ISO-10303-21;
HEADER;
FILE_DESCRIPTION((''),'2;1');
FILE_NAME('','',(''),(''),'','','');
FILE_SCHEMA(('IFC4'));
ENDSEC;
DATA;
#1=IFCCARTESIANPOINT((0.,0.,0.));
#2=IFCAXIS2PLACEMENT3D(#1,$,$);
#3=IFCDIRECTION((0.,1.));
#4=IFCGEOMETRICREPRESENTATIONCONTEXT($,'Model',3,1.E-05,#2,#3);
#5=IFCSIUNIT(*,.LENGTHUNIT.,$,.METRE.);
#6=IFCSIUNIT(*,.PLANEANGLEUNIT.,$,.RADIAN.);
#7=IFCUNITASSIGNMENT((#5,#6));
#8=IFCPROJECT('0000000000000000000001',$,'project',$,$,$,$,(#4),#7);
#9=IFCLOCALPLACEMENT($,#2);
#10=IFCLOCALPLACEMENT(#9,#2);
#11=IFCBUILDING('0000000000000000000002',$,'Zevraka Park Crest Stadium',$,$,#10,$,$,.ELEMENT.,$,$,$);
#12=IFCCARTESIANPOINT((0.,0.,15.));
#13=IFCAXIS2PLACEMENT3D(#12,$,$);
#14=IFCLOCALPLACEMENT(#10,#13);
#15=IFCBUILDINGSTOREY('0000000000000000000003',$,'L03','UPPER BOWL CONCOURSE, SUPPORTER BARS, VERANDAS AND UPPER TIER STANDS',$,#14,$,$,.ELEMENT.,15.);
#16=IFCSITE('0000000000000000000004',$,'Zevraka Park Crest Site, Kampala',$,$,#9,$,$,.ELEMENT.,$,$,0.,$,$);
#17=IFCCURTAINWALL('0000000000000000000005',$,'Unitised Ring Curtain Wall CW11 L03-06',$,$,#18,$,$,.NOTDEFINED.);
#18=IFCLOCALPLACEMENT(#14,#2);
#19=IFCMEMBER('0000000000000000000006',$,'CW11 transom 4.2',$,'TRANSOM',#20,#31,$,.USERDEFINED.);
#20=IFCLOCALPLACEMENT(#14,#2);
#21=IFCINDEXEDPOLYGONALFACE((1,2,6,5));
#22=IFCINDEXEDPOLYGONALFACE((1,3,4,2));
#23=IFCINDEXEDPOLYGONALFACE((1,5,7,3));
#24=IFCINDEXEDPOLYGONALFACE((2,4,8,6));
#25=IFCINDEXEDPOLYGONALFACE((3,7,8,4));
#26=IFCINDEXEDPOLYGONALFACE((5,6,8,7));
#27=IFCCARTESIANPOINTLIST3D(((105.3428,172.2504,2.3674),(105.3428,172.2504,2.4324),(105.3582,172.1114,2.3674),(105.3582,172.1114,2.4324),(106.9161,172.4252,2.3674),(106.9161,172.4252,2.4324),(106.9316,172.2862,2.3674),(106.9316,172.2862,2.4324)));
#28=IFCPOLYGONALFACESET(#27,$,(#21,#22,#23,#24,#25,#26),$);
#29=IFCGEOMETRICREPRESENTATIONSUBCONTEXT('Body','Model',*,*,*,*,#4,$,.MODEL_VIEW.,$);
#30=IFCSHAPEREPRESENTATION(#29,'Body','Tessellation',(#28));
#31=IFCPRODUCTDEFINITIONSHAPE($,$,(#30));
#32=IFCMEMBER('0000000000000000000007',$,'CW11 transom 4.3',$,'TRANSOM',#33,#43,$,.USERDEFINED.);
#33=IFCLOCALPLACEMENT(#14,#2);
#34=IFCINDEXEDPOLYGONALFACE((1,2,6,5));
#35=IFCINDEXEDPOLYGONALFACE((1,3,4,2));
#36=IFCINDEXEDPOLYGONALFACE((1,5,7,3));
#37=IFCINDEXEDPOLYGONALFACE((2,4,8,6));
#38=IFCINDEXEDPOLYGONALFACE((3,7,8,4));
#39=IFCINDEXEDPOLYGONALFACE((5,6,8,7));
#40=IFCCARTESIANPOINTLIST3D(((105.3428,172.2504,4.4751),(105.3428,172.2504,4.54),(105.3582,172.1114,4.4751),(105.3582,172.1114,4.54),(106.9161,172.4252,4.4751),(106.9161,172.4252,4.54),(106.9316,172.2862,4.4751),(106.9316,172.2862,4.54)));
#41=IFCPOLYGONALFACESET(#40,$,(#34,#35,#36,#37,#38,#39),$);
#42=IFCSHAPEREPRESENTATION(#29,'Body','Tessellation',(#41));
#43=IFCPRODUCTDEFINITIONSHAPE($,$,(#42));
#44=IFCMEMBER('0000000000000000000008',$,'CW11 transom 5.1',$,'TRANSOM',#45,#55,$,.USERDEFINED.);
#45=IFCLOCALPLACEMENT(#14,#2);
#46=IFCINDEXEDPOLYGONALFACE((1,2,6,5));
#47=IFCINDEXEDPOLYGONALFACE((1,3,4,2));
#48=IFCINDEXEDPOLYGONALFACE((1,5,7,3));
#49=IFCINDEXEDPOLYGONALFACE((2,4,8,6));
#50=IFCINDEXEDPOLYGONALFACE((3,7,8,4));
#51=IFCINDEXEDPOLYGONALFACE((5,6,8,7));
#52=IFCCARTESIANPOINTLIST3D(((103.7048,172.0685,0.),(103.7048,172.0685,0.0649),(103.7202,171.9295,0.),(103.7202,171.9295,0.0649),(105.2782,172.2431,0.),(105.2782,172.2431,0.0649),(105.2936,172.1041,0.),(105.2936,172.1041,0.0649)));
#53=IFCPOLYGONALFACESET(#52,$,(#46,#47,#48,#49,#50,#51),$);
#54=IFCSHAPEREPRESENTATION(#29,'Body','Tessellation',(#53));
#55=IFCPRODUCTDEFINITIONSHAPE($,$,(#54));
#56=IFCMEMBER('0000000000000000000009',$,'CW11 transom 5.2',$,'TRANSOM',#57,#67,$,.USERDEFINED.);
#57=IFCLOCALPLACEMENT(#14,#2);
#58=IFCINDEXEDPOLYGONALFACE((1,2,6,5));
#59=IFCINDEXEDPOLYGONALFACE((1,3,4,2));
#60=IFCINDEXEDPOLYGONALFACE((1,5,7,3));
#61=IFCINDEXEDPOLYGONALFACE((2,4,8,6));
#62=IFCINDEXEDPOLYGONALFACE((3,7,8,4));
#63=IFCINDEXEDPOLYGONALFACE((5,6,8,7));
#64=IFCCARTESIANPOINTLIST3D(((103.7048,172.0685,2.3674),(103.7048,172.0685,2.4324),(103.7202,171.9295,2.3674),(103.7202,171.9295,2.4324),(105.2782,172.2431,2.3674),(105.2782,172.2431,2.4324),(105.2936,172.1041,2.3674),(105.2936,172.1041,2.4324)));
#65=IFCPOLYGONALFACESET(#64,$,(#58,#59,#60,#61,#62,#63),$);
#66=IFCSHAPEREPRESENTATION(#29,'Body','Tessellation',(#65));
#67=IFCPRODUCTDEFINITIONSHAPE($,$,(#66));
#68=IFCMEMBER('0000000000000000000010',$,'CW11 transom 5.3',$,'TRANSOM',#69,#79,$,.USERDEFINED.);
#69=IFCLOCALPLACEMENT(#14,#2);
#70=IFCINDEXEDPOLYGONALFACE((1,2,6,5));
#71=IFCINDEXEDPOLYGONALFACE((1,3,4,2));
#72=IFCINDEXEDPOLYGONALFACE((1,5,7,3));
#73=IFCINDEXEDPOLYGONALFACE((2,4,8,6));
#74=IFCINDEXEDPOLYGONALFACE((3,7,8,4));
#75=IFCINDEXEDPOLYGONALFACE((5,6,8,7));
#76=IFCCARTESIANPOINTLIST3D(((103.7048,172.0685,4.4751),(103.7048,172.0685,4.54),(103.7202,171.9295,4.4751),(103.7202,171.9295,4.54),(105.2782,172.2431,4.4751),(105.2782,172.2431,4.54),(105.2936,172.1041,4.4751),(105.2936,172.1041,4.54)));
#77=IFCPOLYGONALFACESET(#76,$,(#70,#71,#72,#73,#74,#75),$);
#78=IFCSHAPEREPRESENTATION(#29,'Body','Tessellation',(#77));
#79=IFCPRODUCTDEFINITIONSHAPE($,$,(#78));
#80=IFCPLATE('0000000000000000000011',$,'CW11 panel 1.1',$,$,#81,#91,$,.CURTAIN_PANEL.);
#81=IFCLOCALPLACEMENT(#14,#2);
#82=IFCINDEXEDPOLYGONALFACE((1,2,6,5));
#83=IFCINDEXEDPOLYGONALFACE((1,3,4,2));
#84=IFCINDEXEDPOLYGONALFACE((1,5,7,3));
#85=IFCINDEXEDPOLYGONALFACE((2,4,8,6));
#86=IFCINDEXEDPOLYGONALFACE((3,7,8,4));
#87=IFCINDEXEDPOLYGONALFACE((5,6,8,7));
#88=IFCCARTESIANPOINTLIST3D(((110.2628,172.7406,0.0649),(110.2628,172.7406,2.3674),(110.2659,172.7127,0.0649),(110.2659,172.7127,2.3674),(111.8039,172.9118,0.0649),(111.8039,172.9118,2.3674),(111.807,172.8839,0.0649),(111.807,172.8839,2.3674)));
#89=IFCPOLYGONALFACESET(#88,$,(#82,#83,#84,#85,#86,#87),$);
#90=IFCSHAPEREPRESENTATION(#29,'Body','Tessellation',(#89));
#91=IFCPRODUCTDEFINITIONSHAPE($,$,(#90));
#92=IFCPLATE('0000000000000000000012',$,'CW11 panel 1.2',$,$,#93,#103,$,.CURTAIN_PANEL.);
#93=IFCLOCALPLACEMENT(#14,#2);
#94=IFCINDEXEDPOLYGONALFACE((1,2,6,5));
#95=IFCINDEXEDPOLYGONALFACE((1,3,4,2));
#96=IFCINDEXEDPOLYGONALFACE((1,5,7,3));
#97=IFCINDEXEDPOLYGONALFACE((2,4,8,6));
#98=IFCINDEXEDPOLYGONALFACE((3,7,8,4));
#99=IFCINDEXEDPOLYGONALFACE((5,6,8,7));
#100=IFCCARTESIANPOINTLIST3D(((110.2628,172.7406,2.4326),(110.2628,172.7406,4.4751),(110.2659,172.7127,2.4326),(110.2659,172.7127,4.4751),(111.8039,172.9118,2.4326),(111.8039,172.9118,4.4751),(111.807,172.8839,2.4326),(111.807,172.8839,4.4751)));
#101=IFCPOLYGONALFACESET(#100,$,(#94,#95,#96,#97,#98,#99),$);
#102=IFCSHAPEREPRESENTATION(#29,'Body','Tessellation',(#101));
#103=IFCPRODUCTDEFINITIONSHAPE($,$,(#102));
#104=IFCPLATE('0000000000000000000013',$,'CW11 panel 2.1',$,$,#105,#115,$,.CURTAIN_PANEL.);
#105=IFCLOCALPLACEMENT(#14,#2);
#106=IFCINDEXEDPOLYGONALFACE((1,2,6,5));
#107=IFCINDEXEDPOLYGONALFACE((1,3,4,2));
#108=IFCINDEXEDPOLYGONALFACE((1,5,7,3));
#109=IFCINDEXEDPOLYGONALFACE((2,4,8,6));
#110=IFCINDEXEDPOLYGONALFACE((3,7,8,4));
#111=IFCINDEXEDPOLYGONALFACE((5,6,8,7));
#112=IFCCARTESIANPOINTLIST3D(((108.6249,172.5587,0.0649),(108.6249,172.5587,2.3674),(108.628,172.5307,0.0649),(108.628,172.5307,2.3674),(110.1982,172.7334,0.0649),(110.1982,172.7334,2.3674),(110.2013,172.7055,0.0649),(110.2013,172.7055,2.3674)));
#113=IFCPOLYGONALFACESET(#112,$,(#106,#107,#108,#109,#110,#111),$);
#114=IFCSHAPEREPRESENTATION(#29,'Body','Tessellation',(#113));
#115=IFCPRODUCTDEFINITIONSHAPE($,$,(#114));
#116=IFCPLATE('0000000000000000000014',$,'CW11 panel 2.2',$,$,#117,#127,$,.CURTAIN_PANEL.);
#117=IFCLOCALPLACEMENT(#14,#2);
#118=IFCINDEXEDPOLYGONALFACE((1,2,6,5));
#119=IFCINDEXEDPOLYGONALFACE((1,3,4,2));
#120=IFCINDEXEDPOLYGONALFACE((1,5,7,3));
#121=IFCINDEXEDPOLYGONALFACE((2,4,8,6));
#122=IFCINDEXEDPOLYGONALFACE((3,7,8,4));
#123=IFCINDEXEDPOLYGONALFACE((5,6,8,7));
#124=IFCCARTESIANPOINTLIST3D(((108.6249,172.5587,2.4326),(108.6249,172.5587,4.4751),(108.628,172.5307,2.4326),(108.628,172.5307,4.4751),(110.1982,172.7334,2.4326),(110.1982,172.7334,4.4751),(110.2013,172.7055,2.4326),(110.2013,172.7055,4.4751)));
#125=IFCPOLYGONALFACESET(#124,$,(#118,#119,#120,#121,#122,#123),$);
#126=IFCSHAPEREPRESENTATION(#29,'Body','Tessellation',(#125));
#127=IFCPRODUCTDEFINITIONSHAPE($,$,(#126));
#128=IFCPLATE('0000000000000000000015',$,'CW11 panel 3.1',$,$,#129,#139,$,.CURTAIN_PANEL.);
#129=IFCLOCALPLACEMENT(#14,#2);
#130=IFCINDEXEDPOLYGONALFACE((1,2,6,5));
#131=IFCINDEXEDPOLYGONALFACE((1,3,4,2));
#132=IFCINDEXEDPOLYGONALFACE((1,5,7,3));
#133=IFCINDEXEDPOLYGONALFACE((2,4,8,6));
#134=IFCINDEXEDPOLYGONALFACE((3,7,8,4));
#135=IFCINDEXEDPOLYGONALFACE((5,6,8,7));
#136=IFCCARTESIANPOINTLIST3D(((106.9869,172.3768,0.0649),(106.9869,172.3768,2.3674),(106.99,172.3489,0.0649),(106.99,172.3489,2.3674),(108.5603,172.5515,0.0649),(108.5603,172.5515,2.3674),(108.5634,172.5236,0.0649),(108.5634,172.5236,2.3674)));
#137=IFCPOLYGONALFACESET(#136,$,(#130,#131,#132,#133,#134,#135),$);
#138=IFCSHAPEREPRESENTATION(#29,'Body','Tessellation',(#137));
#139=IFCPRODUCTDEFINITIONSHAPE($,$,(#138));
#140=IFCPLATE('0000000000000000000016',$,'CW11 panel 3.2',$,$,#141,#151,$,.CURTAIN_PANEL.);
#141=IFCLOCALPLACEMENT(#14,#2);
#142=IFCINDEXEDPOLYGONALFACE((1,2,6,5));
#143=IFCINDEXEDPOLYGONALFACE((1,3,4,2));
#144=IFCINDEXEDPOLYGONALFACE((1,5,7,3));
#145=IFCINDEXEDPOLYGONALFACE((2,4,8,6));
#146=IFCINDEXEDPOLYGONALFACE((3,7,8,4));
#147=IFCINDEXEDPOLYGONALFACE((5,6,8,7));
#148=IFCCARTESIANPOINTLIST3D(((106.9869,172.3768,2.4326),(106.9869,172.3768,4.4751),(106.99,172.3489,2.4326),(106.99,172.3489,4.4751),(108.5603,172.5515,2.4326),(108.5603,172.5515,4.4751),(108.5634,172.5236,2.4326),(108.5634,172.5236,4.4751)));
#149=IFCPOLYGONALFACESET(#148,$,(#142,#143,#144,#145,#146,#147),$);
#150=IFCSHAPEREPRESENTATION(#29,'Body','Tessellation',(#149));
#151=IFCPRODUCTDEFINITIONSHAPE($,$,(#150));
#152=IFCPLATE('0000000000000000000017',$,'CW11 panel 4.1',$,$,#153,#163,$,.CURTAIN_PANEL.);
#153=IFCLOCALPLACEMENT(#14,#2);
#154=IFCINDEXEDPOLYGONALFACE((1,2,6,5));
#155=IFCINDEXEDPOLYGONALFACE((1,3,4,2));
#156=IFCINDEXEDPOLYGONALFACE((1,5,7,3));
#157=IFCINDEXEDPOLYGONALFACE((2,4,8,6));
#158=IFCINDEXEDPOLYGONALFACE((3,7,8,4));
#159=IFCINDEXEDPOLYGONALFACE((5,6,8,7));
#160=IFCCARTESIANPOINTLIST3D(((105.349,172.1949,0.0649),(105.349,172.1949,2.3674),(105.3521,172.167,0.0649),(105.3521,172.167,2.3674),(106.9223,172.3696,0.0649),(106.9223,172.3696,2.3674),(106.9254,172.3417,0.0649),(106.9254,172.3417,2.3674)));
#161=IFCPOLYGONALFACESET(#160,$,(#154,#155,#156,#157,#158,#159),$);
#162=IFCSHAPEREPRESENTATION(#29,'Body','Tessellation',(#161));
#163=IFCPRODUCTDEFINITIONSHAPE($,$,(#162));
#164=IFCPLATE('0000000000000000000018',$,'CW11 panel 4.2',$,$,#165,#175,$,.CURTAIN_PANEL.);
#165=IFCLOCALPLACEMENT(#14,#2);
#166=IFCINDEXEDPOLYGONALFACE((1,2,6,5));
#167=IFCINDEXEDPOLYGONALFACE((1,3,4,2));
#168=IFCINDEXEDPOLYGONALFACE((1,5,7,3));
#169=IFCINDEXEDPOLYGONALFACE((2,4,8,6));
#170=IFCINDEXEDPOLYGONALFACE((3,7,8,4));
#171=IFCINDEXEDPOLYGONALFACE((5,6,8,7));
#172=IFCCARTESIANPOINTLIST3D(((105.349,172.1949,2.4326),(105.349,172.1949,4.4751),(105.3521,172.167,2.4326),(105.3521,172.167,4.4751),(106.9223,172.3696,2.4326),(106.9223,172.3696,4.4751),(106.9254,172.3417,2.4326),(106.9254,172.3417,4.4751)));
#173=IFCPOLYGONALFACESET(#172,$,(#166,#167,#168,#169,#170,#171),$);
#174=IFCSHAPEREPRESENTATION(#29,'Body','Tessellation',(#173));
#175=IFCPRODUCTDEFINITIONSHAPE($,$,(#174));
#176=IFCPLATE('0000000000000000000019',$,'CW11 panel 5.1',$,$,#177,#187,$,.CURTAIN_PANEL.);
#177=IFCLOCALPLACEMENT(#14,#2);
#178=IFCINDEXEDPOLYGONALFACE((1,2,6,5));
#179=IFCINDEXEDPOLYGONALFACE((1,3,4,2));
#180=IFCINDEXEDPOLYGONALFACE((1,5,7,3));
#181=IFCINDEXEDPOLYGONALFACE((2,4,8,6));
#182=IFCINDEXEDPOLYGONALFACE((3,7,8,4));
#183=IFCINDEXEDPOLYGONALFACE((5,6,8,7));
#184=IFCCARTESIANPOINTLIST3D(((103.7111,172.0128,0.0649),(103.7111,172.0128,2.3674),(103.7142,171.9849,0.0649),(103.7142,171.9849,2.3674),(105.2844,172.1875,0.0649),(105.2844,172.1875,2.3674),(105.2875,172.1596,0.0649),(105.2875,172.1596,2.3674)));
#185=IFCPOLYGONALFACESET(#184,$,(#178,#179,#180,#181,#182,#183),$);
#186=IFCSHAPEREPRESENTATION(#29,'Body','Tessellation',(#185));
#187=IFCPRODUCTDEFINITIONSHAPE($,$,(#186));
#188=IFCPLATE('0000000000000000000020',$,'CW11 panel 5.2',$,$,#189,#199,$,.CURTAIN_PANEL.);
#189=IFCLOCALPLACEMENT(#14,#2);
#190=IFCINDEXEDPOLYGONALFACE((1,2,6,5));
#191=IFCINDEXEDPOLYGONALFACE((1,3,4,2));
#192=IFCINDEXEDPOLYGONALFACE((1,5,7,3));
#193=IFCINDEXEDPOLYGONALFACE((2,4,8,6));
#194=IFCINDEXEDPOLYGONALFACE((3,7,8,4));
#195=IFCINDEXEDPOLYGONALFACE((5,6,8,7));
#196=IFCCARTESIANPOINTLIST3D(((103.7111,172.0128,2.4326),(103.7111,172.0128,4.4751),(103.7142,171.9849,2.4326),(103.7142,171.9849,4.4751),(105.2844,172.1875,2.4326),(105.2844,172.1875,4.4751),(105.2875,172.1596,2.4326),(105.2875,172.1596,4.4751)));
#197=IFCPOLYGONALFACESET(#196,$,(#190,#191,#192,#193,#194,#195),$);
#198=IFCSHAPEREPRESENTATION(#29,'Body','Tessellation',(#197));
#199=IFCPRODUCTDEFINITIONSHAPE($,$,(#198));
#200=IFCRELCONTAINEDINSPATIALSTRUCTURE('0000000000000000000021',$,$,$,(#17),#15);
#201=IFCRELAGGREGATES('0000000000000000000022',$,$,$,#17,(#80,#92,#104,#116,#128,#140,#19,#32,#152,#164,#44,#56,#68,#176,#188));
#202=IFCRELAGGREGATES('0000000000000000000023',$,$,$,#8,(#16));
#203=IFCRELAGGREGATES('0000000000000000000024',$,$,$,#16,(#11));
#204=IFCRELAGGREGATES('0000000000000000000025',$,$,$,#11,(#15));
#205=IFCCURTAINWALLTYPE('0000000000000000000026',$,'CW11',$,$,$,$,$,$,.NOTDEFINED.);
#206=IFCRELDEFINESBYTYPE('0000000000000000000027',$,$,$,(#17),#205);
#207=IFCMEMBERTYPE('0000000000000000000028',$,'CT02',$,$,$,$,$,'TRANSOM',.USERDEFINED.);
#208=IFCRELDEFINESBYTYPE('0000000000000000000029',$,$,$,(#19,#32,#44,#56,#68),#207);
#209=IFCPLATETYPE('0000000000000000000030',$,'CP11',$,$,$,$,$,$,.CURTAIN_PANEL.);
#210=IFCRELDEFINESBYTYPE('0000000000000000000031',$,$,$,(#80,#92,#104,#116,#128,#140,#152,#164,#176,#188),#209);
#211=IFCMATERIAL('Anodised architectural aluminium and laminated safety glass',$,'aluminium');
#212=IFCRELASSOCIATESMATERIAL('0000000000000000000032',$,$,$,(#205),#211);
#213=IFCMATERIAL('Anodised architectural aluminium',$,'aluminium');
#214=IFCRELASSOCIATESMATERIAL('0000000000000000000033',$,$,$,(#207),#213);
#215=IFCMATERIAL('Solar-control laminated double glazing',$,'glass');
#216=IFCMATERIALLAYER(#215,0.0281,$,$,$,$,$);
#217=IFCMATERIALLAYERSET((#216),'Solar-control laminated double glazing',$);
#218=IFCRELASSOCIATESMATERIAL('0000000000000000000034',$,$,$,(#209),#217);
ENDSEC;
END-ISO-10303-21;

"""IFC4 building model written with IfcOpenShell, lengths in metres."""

from ifc_helpers import new_model, si_unit, direction, frame, origin, origin_2d, place, context, subcontext, project, spatial, rectangle, extrude, material, layer, layer_set, material_profile, profile_set, type_object, element, aggregate, save


model = new_model("IFC4")

# Units and contexts
model_context = context("Model", 3, precision=1e-05, world=origin(), true_north=direction((0.0, 1.0)))
body_context = subcontext(model_context, "Body", "Model", "MODEL_VIEW")
ifc_project = project(units=[si_unit("LENGTHUNIT", "METRE"), si_unit("PLANEANGLEUNIT", "RADIAN")], contexts=[model_context])

# Site, building, storey
site_placement = place(None, origin())
site = spatial("IfcSite", under=ifc_project, at=site_placement, Name="Zevraka Park Crest Site, Kampala", CompositionType="ELEMENT", RefElevation=0.0)
building_placement = place(site_placement, origin())
building = spatial("IfcBuilding", under=site, at=building_placement, Name="Zevraka Park Crest Stadium", CompositionType="ELEMENT")
storey_placement = place(building_placement, frame((0.0, 0.0, 15.0)))
storey = spatial("IfcBuildingStorey", under=building, at=storey_placement, Name="L03", Description="UPPER BOWL CONCOURSE, SUPPORTER BARS, VERANDAS AND UPPER TIER STANDS", CompositionType="ELEMENT", Elevation=15.0)

# Curtain wall, members, plates
ifc_material_1 = material(Name="Anodised architectural aluminium and laminated safety glass", Category="aluminium")
curtain_wall_type = type_object("IfcCurtainWallType", Name="CW11", PredefinedType="NOTDEFINED", material=ifc_material_1)
curtain_wall_placement = place(storey_placement, origin())
curtain_wall = element("IfcCurtainWall", 1, at=curtain_wall_placement, inside=storey, type_object=curtain_wall_type, Name="Unitised Ring Curtain Wall CW11 L03-06", PredefinedType="NOTDEFINED")
ifc_material_2 = material(Name="Anodised architectural aluminium", Category="aluminium")
ifc_material_profile_1 = material_profile(ifc_material_2, rectangle(XDim=0.1399, YDim=0.0649, at=origin_2d()), Name="ALU TRANSOM 140x65")
ifc_profile_set_1 = profile_set([ifc_material_profile_1], Name="Anodised architectural aluminium")
member_type_1 = type_object("IfcMemberType", Name="CT02", ElementType="TRANSOM", PredefinedType="USERDEFINED", material=ifc_profile_set_1)
member_1_placement = place(storey_placement, frame((106.9238, 172.3557, 2.3999), z_axis=(-0.993884, -0.110432, 0.0), x_axis=(0.110432, -0.993884, 0.0)))
member_1 = element("IfcMember", 2, at=member_1_placement, type_object=member_type_1, Name="CW11 transom 4.2", ObjectType="TRANSOM", PredefinedType="USERDEFINED", context=body_context, shape_type="SweptSolid", body=[
    extrude(rectangle(XDim=0.1399, YDim=0.0649, at=origin_2d()), origin(), (0.0, 0.0, 1.0), 1.583),
])
member_2_placement = place(storey_placement, frame((106.9238, 172.3557, 4.5076), z_axis=(-0.993884, -0.110432, 0.0), x_axis=(0.110432, -0.993884, 0.0)))
member_2 = element("IfcMember", 3, at=member_2_placement, type_object=member_type_1, Name="CW11 transom 4.3", ObjectType="TRANSOM", PredefinedType="USERDEFINED", context=body_context, shape_type="SweptSolid", body=[
    extrude(rectangle(XDim=0.1399, YDim=0.0649, at=origin_2d()), origin(), (0.0, 0.0, 1.0), 1.583),
])
member_3_placement = place(storey_placement, frame((105.2859, 172.1736, 0.0325), z_axis=(-0.993901, -0.110279, 0.0), x_axis=(0.110279, -0.993901, 0.0)))
member_3 = element("IfcMember", 4, at=member_3_placement, type_object=member_type_1, Name="CW11 transom 5.1", ObjectType="TRANSOM", PredefinedType="USERDEFINED", context=body_context, shape_type="SweptSolid", body=[
    extrude(rectangle(XDim=0.1399, YDim=0.0649, at=origin_2d()), origin(), (0.0, 0.0, 1.0), 1.583),
])
member_4_placement = place(storey_placement, frame((105.2859, 172.1736, 2.3999), z_axis=(-0.993901, -0.110279, 0.0), x_axis=(0.110279, -0.993901, 0.0)))
member_4 = element("IfcMember", 5, at=member_4_placement, type_object=member_type_1, Name="CW11 transom 5.2", ObjectType="TRANSOM", PredefinedType="USERDEFINED", context=body_context, shape_type="SweptSolid", body=[
    extrude(rectangle(XDim=0.1399, YDim=0.0649, at=origin_2d()), origin(), (0.0, 0.0, 1.0), 1.583),
])
member_5_placement = place(storey_placement, frame((105.2859, 172.1736, 4.5076), z_axis=(-0.993901, -0.110279, 0.0), x_axis=(0.110279, -0.993901, 0.0)))
member_5 = element("IfcMember", 6, at=member_5_placement, type_object=member_type_1, Name="CW11 transom 5.3", ObjectType="TRANSOM", PredefinedType="USERDEFINED", context=body_context, shape_type="SweptSolid", body=[
    extrude(rectangle(XDim=0.1399, YDim=0.0649, at=origin_2d()), origin(), (0.0, 0.0, 1.0), 1.583),
])
ifc_material_3 = material(Name="Solar-control laminated double glazing", Category="glass")
ifc_layer_1 = layer(ifc_material_3, 0.0281)
ifc_layer_set_1 = layer_set([ifc_layer_1], Name="Solar-control laminated double glazing")
plate_type = type_object("IfcPlateType", Name="CP11", PredefinedType="CURTAIN_PANEL", material=ifc_layer_set_1)
plate_1_placement = place(storey_placement, frame((111.0349, 172.8123, 0.0649), z_axis=(0.0, 0.0, 1.0), x_axis=(-0.993888, -0.110396, 0.0)))
plate_1 = element("IfcPlate", 7, at=plate_1_placement, type_object=plate_type, Name="CW11 panel 1.1", PredefinedType="CURTAIN_PANEL", context=body_context, shape_type="SweptSolid", body=[
    extrude(rectangle(XDim=1.5505, YDim=0.0281, at=origin_2d()), origin(), (0.0, 0.0, 1.0), 2.3025),
])
plate_2_placement = place(storey_placement, frame((111.0349, 172.8123, 2.4326), z_axis=(0.0, 0.0, 1.0), x_axis=(-0.993888, -0.110396, 0.0)))
plate_2 = element("IfcPlate", 8, at=plate_2_placement, type_object=plate_type, Name="CW11 panel 1.2", PredefinedType="CURTAIN_PANEL", context=body_context, shape_type="SweptSolid", body=[
    extrude(rectangle(XDim=1.5505, YDim=0.0281, at=origin_2d()), origin(), (0.0, 0.0, 1.0), 2.0425),
])
plate_3_placement = place(storey_placement, frame((109.4131, 172.6321, 0.0649), z_axis=(0.0, 0.0, 1.0), x_axis=(-0.993888, -0.110396, 0.0)))
plate_3 = element("IfcPlate", 9, at=plate_3_placement, type_object=plate_type, Name="CW11 panel 2.1", PredefinedType="CURTAIN_PANEL", context=body_context, shape_type="SweptSolid", body=[
    extrude(rectangle(XDim=1.583, YDim=0.0281, at=origin_2d()), origin(), (0.0, 0.0, 1.0), 2.3025),
])
plate_4_placement = place(storey_placement, frame((109.4131, 172.6321, 2.4326), z_axis=(0.0, 0.0, 1.0), x_axis=(-0.993888, -0.110396, 0.0)))
plate_4 = element("IfcPlate", 10, at=plate_4_placement, type_object=plate_type, Name="CW11 panel 2.2", PredefinedType="CURTAIN_PANEL", context=body_context, shape_type="SweptSolid", body=[
    extrude(rectangle(XDim=1.583, YDim=0.0281, at=origin_2d()), origin(), (0.0, 0.0, 1.0), 2.0425),
])
plate_5_placement = place(storey_placement, frame((107.7751, 172.4502, 0.0649), z_axis=(0.0, 0.0, 1.0), x_axis=(-0.993888, -0.110396, 0.0)))
plate_5 = element("IfcPlate", 11, at=plate_5_placement, type_object=plate_type, Name="CW11 panel 3.1", PredefinedType="CURTAIN_PANEL", context=body_context, shape_type="SweptSolid", body=[
    extrude(rectangle(XDim=1.583, YDim=0.0281, at=origin_2d()), origin(), (0.0, 0.0, 1.0), 2.3025),
])
plate_6_placement = place(storey_placement, frame((107.7751, 172.4502, 2.4326), z_axis=(0.0, 0.0, 1.0), x_axis=(-0.993888, -0.110396, 0.0)))
plate_6 = element("IfcPlate", 12, at=plate_6_placement, type_object=plate_type, Name="CW11 panel 3.2", PredefinedType="CURTAIN_PANEL", context=body_context, shape_type="SweptSolid", body=[
    extrude(rectangle(XDim=1.583, YDim=0.0281, at=origin_2d()), origin(), (0.0, 0.0, 1.0), 2.0425),
])
plate_7_placement = place(storey_placement, frame((106.1372, 172.2683, 0.0649), z_axis=(0.0, 0.0, 1.0), x_axis=(-0.993888, -0.110396, 0.0)))
plate_7 = element("IfcPlate", 13, at=plate_7_placement, type_object=plate_type, Name="CW11 panel 4.1", PredefinedType="CURTAIN_PANEL", context=body_context, shape_type="SweptSolid", body=[
    extrude(rectangle(XDim=1.583, YDim=0.0281, at=origin_2d()), origin(), (0.0, 0.0, 1.0), 2.3025),
])
plate_8_placement = place(storey_placement, frame((106.1372, 172.2683, 2.4326), z_axis=(0.0, 0.0, 1.0), x_axis=(-0.993888, -0.110396, 0.0)))
plate_8 = element("IfcPlate", 14, at=plate_8_placement, type_object=plate_type, Name="CW11 panel 4.2", PredefinedType="CURTAIN_PANEL", context=body_context, shape_type="SweptSolid", body=[
    extrude(rectangle(XDim=1.583, YDim=0.0281, at=origin_2d()), origin(), (0.0, 0.0, 1.0), 2.0425),
])
plate_9_placement = place(storey_placement, frame((104.4993, 172.0862, 0.0649), z_axis=(0.0, 0.0, 1.0), x_axis=(-0.993888, -0.110396, 0.0)))
plate_9 = element("IfcPlate", 15, at=plate_9_placement, type_object=plate_type, Name="CW11 panel 5.1", PredefinedType="CURTAIN_PANEL", context=body_context, shape_type="SweptSolid", body=[
    extrude(rectangle(XDim=1.583, YDim=0.0281, at=origin_2d()), origin(), (0.0, 0.0, 1.0), 2.3025),
])
plate_10_placement = place(storey_placement, frame((104.4993, 172.0862, 2.4326), z_axis=(0.0, 0.0, 1.0), x_axis=(-0.993888, -0.110396, 0.0)))
plate_10 = element("IfcPlate", 16, at=plate_10_placement, type_object=plate_type, Name="CW11 panel 5.2", PredefinedType="CURTAIN_PANEL", context=body_context, shape_type="SweptSolid", body=[
    extrude(rectangle(XDim=1.583, YDim=0.0281, at=origin_2d()), origin(), (0.0, 0.0, 1.0), 2.0425),
])
aggregate(curtain_wall, [plate_1, plate_2, plate_3, plate_4, plate_5, plate_6, member_1, member_2, plate_7, plate_8, member_3, member_4, member_5, plate_9, plate_10])

save(model, "model.ifc")
